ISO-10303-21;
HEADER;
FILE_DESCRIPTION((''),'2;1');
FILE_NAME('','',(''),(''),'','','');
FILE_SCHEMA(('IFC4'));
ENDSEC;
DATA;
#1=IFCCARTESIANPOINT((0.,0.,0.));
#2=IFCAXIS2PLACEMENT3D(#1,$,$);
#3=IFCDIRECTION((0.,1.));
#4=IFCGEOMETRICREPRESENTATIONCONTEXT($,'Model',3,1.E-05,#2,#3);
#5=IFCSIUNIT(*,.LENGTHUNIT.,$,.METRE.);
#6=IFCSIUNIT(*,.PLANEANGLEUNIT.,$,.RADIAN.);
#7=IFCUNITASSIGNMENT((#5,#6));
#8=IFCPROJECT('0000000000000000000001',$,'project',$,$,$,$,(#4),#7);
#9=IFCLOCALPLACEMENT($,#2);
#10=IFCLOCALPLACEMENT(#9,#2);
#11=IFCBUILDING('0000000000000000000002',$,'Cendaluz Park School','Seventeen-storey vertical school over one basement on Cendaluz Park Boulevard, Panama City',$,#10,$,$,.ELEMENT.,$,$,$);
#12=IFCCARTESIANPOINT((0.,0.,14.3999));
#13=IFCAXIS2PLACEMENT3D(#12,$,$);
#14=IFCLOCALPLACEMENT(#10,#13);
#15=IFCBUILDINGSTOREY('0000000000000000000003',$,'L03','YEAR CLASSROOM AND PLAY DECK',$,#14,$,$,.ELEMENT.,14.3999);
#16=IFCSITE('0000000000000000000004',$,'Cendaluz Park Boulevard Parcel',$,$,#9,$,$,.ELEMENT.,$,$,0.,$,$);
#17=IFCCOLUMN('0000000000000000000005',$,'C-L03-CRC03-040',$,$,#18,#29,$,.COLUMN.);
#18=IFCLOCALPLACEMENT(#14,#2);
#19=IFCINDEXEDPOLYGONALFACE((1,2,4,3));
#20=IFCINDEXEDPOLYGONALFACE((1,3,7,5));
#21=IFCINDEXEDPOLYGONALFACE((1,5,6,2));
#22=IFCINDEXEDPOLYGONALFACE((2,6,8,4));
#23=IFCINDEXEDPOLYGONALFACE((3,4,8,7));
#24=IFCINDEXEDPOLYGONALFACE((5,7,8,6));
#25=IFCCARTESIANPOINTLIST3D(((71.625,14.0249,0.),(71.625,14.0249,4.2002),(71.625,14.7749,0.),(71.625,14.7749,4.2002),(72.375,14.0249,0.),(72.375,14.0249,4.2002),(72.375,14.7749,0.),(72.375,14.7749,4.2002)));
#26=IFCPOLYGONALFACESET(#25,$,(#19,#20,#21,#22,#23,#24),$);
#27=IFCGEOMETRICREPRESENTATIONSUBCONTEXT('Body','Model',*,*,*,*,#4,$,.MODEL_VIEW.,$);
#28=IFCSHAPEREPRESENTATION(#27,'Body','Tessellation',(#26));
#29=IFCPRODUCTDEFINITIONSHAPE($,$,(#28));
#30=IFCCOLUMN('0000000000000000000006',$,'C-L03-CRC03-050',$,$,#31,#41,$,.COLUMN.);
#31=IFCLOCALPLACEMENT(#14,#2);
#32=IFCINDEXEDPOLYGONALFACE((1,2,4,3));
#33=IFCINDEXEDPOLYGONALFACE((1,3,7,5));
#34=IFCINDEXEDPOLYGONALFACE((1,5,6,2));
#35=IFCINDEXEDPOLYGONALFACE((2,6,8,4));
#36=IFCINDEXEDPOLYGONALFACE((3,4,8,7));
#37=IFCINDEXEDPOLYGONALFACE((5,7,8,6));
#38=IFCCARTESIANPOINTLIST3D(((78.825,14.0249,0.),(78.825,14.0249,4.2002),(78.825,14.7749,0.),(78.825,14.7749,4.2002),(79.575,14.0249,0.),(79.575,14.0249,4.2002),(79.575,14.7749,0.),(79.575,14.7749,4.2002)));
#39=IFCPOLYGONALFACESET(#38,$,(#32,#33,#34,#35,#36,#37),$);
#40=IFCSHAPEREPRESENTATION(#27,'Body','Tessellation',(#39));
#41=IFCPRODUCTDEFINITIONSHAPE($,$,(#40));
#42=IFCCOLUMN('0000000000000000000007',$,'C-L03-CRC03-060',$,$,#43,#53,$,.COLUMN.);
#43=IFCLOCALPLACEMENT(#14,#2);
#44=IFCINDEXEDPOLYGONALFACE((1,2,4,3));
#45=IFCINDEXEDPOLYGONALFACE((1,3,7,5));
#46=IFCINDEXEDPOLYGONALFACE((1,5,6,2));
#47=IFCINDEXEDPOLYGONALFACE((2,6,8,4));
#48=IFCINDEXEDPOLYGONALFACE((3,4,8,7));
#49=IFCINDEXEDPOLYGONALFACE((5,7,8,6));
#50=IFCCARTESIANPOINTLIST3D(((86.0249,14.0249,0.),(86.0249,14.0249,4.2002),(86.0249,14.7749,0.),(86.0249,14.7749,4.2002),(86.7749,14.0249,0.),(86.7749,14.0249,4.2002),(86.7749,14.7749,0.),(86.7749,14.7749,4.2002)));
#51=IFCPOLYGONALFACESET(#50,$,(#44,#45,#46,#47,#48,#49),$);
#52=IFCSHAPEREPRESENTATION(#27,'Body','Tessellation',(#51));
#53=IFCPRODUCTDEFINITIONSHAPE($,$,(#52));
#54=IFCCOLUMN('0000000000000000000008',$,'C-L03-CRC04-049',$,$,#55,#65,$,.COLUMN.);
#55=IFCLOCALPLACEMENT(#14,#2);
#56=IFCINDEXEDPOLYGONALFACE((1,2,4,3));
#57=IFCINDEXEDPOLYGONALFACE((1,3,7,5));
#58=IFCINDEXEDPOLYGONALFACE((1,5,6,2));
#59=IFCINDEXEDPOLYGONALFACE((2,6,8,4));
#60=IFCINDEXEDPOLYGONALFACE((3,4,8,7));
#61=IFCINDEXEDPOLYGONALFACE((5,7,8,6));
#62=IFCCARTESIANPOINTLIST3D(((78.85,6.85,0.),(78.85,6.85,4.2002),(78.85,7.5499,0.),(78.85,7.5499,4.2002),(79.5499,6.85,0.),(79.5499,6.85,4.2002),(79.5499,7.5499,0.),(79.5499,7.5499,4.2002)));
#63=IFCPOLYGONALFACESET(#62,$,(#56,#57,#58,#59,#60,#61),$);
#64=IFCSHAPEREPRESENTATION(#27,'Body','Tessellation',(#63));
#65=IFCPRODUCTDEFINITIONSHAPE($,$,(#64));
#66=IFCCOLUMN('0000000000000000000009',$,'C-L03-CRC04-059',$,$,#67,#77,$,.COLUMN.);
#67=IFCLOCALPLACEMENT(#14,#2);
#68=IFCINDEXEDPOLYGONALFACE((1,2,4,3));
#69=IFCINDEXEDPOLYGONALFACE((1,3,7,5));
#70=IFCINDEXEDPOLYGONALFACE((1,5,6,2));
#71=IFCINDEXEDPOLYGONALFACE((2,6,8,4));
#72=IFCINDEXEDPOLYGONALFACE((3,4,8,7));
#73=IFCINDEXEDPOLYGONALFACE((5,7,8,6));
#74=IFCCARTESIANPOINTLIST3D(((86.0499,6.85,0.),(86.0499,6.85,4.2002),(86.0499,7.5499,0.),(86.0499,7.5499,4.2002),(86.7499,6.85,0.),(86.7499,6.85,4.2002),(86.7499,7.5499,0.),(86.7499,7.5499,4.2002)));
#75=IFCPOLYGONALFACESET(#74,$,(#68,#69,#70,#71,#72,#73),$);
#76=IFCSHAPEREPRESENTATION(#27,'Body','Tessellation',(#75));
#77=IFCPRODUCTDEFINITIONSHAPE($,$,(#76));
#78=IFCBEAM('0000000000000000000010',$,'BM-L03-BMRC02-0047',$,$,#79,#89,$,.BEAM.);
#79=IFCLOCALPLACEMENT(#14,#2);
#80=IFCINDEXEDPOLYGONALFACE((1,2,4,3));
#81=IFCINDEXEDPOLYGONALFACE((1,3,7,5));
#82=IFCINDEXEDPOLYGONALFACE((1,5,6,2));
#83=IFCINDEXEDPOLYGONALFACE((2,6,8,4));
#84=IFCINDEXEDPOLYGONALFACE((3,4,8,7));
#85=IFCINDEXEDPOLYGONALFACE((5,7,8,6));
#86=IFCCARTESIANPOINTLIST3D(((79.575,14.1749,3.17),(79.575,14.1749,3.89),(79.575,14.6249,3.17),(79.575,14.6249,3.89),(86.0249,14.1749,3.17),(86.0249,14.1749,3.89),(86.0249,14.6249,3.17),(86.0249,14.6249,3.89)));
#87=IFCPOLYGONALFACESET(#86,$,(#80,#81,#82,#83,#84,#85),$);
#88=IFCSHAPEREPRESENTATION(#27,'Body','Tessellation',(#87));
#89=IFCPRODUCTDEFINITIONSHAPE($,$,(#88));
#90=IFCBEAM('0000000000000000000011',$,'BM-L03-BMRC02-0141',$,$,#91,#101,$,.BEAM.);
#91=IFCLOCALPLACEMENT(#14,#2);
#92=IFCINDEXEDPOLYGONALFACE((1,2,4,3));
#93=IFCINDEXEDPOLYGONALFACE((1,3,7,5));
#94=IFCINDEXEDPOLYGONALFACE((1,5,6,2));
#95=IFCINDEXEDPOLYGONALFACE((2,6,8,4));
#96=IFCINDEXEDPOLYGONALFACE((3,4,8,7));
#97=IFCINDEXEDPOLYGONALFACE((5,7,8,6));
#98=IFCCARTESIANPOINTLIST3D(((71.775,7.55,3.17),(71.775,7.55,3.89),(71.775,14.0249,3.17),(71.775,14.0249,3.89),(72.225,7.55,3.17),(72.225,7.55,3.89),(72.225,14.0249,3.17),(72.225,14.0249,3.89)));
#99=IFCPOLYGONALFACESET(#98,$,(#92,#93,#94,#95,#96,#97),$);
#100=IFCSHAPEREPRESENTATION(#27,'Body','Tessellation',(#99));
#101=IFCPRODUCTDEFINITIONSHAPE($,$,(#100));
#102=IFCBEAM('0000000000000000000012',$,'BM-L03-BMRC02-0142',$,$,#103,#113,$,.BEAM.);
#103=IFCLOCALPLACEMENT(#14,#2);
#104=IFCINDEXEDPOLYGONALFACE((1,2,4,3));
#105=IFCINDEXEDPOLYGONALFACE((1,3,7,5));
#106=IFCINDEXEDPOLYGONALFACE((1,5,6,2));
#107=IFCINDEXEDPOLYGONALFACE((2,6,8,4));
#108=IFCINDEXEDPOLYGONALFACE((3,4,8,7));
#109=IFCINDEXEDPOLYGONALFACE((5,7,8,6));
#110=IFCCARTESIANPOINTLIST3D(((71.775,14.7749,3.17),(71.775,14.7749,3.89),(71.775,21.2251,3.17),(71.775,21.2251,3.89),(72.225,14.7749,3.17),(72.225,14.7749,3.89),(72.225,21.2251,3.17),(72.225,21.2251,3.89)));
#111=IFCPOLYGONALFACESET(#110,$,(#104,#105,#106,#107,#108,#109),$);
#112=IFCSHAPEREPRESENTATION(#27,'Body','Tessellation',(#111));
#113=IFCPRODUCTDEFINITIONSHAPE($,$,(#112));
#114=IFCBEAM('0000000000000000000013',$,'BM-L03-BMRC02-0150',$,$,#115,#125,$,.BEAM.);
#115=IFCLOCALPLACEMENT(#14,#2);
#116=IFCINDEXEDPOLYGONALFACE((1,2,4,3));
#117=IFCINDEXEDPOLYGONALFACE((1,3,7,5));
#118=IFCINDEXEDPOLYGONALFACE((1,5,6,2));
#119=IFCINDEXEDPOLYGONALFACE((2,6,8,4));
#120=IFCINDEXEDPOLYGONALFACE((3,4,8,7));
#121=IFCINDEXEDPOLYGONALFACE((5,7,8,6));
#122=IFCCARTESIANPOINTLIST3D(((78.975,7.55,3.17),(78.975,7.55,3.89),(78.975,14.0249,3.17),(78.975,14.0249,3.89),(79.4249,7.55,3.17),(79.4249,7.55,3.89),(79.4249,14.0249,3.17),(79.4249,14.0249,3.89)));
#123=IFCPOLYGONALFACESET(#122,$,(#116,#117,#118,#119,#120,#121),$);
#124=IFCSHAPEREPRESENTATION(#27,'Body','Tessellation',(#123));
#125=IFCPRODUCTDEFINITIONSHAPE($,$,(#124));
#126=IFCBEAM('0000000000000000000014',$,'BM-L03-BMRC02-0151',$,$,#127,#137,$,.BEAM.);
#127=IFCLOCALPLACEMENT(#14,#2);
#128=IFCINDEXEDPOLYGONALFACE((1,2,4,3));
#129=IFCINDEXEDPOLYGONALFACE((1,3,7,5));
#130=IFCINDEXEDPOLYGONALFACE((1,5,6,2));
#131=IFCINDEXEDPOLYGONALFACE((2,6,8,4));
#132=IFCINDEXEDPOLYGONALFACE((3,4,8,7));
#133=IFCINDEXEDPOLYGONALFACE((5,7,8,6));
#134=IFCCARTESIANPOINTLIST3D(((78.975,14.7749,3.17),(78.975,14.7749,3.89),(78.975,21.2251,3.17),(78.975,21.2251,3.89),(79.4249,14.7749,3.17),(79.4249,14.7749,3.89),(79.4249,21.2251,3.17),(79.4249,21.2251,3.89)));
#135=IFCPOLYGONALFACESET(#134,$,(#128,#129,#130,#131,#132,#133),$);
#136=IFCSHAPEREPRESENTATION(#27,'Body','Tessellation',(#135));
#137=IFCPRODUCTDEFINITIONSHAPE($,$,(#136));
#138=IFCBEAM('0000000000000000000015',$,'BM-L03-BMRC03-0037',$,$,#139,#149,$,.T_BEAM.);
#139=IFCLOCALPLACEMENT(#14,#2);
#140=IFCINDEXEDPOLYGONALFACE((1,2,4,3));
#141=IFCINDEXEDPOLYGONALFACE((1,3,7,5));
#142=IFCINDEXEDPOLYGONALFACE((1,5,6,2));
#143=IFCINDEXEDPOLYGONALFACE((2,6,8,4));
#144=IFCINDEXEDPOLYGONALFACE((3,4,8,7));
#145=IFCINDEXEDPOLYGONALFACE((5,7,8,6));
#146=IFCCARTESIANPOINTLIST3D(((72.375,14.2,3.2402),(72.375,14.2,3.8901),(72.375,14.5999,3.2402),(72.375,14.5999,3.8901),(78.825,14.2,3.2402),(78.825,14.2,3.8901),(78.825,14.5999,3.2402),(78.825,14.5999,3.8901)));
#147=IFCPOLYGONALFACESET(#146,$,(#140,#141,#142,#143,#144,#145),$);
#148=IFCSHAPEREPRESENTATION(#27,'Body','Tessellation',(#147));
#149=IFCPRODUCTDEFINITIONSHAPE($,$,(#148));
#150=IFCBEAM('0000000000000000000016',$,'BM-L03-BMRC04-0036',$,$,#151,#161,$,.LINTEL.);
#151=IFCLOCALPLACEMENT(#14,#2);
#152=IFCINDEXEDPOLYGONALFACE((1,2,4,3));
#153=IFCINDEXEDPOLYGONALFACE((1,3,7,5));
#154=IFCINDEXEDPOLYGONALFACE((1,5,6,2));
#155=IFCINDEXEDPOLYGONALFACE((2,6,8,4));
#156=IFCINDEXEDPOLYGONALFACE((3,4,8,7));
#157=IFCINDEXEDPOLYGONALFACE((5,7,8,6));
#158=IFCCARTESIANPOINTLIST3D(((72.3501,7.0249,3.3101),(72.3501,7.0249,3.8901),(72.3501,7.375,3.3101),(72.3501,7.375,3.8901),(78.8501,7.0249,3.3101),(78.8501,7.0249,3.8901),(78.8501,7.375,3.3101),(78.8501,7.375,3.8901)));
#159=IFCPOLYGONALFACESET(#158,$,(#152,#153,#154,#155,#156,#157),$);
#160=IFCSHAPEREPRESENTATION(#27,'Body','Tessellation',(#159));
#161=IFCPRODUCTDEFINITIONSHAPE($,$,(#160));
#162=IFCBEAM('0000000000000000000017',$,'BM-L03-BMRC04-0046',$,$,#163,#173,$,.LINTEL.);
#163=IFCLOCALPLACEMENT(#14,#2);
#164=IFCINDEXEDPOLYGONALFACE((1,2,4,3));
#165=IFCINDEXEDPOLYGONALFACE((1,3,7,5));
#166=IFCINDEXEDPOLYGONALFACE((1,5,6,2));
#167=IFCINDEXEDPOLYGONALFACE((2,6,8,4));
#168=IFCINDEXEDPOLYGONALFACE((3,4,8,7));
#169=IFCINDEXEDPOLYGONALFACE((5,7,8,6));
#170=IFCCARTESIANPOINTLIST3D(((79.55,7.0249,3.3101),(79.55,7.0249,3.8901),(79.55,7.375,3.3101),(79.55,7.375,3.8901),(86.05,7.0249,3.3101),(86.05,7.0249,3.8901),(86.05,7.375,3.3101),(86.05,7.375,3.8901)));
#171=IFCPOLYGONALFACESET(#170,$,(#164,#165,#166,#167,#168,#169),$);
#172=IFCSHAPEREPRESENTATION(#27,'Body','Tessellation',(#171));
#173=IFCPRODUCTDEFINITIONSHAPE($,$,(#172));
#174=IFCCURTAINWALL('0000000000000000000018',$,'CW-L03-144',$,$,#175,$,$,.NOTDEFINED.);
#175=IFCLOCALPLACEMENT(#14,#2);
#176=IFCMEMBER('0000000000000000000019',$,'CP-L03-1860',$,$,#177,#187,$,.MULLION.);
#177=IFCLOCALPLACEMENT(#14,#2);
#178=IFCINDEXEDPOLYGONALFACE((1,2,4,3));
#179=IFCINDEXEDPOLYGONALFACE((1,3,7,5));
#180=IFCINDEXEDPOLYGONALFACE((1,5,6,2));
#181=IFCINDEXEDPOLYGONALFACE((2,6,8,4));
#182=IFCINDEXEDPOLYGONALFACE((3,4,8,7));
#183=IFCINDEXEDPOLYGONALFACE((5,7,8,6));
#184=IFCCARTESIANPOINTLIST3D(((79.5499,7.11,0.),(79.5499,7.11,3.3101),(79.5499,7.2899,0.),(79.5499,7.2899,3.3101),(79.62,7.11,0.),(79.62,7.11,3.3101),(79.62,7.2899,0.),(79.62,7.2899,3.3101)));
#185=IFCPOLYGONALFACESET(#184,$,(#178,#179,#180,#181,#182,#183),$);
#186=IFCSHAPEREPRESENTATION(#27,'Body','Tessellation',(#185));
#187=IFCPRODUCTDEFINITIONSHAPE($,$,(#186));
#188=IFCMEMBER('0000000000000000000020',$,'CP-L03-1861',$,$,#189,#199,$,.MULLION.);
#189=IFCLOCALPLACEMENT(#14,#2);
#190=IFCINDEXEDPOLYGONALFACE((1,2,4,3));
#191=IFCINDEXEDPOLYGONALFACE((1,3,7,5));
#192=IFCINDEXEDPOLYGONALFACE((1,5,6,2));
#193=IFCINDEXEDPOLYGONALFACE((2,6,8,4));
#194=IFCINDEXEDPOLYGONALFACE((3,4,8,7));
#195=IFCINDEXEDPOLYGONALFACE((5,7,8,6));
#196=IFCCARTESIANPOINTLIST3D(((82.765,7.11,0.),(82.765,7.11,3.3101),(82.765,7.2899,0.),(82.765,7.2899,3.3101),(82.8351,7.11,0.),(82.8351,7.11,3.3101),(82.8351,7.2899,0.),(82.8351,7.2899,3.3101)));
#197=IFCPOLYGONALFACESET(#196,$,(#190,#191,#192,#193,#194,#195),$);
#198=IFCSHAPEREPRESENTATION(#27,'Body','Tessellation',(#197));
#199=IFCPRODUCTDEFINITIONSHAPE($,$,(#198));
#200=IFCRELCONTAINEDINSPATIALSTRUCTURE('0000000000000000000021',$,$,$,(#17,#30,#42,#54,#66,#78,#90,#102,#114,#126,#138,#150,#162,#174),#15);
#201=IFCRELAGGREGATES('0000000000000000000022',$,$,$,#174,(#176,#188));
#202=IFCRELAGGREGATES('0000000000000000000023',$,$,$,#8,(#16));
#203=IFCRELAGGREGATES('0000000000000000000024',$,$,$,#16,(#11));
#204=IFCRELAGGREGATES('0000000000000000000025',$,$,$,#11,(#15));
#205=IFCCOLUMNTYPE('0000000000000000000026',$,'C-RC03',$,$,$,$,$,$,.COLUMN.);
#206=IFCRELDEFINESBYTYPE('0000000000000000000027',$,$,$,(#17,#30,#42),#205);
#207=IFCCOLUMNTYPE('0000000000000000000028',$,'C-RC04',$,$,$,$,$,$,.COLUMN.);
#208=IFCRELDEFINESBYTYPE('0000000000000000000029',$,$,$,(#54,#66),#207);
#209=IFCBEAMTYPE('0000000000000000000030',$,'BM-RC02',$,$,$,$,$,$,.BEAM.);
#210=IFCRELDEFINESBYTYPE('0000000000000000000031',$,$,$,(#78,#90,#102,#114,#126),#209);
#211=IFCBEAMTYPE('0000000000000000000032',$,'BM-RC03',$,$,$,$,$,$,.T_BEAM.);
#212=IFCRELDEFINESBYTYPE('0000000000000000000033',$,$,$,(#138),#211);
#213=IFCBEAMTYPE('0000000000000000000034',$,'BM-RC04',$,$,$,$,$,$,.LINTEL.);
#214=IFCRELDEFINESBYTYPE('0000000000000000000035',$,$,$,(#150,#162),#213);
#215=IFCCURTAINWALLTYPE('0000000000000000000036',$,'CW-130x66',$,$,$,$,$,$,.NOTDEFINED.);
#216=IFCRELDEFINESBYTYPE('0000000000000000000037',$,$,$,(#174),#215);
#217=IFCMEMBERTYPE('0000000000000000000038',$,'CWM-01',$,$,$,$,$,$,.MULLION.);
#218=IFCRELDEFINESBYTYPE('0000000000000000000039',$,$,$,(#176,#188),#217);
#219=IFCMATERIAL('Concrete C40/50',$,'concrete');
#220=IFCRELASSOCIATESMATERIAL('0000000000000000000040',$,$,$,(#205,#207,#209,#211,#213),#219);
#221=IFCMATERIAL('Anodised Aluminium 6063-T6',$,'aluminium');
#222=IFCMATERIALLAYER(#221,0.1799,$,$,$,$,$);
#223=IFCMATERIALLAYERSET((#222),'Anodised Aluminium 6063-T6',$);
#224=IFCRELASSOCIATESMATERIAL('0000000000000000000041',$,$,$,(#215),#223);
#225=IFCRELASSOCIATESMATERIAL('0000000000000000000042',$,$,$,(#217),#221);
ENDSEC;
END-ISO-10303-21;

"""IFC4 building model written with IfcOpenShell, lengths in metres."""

from ifc_helpers import new_model, si_unit, direction, frame, origin, origin_2d, place, context, subcontext, project, spatial, rectangle, extrude, material, layer, layer_set, material_profile, profile_set, type_object, element, aggregate, save


model = new_model("IFC4")

# Units and contexts
model_context = context("Model", 3, precision=1e-05, world=origin(), true_north=direction((0.0, 1.0)))
body_context = subcontext(model_context, "Body", "Model", "MODEL_VIEW")
ifc_project = project(units=[si_unit("LENGTHUNIT", "METRE"), si_unit("PLANEANGLEUNIT", "RADIAN")], contexts=[model_context])

# Site, building, storey
site_placement = place(None, origin())
site = spatial("IfcSite", under=ifc_project, at=site_placement, Name="Cendaluz Park Boulevard Parcel", CompositionType="ELEMENT", RefElevation=0.0)
building_placement = place(site_placement, origin())
building = spatial("IfcBuilding", under=site, at=building_placement, Name="Cendaluz Park School", Description="Seventeen-storey vertical school over one basement on Cendaluz Park Boulevard, Panama City", CompositionType="ELEMENT")
storey_placement = place(building_placement, frame((0.0, 0.0, 14.3999)))
storey = spatial("IfcBuildingStorey", under=building, at=storey_placement, Name="L03", Description="YEAR CLASSROOM AND PLAY DECK", CompositionType="ELEMENT", Elevation=14.3999)

# Columns
ifc_material_1 = material(Name="Concrete C40/50", Category="concrete")
ifc_material_profile_1 = material_profile(ifc_material_1, rectangle(XDim=0.75, YDim=0.75, at=origin_2d()), Name="RC 750x750", Category="concrete")
ifc_profile_set_1 = profile_set([ifc_material_profile_1], Name="Concrete C40/50")
column_type_1 = type_object("IfcColumnType", Name="C-RC03", PredefinedType="COLUMN", material=ifc_profile_set_1)
for number, where, z_axis, x_axis, name in (
    (1, (72.0, 14.3999, 0.0), (0.0, 0.0, 1.0), (1.0, 0.0, 0.0), "C-L03-CRC03-040"),
    (2, (79.2, 14.3999, 0.0), (0.0, 0.0, 1.0), (1.0, 0.0, 0.0), "C-L03-CRC03-050"),
    (3, (86.3999, 14.3999, 0.0), (0.0, 0.0, 1.0), (1.0, 0.0, 0.0), "C-L03-CRC03-060"),
):
    element("IfcColumn", number, at=place(storey_placement, frame(where, z_axis=z_axis, x_axis=x_axis)), inside=storey, type_object=column_type_1, Name=name, PredefinedType="COLUMN", context=body_context, shape_type="SweptSolid", body=[
        extrude(rectangle(XDim=0.75, YDim=0.75, at=origin_2d()), origin(), (0.0, 0.0, 1.0), 4.2002),
    ])
ifc_material_profile_2 = material_profile(ifc_material_1, rectangle(XDim=0.7, YDim=0.7, at=origin_2d()), Name="RC 700x700", Category="concrete")
ifc_profile_set_2 = profile_set([ifc_material_profile_2], Name="Concrete C40/50")
column_type_2 = type_object("IfcColumnType", Name="C-RC04", PredefinedType="COLUMN", material=ifc_profile_set_2)
for number, where, z_axis, x_axis, name in (
    (4, (79.2, 7.2, 0.0), (0.0, 0.0, 1.0), (1.0, 0.0, 0.0), "C-L03-CRC04-049"),
    (5, (86.3999, 7.2, 0.0), (0.0, 0.0, 1.0), (1.0, 0.0, 0.0), "C-L03-CRC04-059"),
):
    element("IfcColumn", number, at=place(storey_placement, frame(where, z_axis=z_axis, x_axis=x_axis)), inside=storey, type_object=column_type_2, Name=name, PredefinedType="COLUMN", context=body_context, shape_type="SweptSolid", body=[
        extrude(rectangle(XDim=0.7, YDim=0.7, at=origin_2d()), origin(), (0.0, 0.0, 1.0), 4.2002),
    ])

# Beams
ifc_material_profile_3 = material_profile(ifc_material_1, rectangle(XDim=0.45, YDim=0.72, at=origin_2d()), Name="RC 450x720", Category="concrete")
ifc_profile_set_3 = profile_set([ifc_material_profile_3], Name="Concrete C40/50")
beam_type_1 = type_object("IfcBeamType", Name="BM-RC02", PredefinedType="BEAM", material=ifc_profile_set_3)
beam_1_placement = place(storey_placement, frame((79.575, 14.3999, 3.53), z_axis=(1.0, 0.0, 0.0), x_axis=(0.0, 1.0, 0.0)))
element("IfcBeam", 6, at=beam_1_placement, inside=storey, type_object=beam_type_1, Name="BM-L03-BMRC02-0047", PredefinedType="BEAM", context=body_context, shape_type="SweptSolid", body=[
    extrude(rectangle(XDim=0.45, YDim=0.72, at=origin_2d()), origin(), (0.0, 0.0, 1.0), 6.45),
])
beam_2_placement = place(storey_placement, frame((72.0, 7.55, 3.53), z_axis=(0.0, 1.0, 0.0), x_axis=(-1.0, 0.0, 0.0)))
element("IfcBeam", 7, at=beam_2_placement, inside=storey, type_object=beam_type_1, Name="BM-L03-BMRC02-0141", PredefinedType="BEAM", context=body_context, shape_type="SweptSolid", body=[
    extrude(rectangle(XDim=0.45, YDim=0.72, at=origin_2d()), origin(), (0.0, 0.0, 1.0), 6.4749),
])
beam_3_placement = place(storey_placement, frame((72.0, 14.7749, 3.53), z_axis=(0.0, 1.0, 0.0), x_axis=(-1.0, 0.0, 0.0)))
element("IfcBeam", 8, at=beam_3_placement, inside=storey, type_object=beam_type_1, Name="BM-L03-BMRC02-0142", PredefinedType="BEAM", context=body_context, shape_type="SweptSolid", body=[
    extrude(rectangle(XDim=0.45, YDim=0.72, at=origin_2d()), origin(), (0.0, 0.0, 1.0), 6.4502),
])
beam_4_placement = place(storey_placement, frame((79.2, 7.55, 3.53), z_axis=(0.0, 1.0, 0.0), x_axis=(-1.0, 0.0, 0.0)))
element("IfcBeam", 9, at=beam_4_placement, inside=storey, type_object=beam_type_1, Name="BM-L03-BMRC02-0150", PredefinedType="BEAM", context=body_context, shape_type="SweptSolid", body=[
    extrude(rectangle(XDim=0.45, YDim=0.72, at=origin_2d()), origin(), (0.0, 0.0, 1.0), 6.4749),
])
beam_5_placement = place(storey_placement, frame((79.2, 14.7749, 3.53), z_axis=(0.0, 1.0, 0.0), x_axis=(-1.0, 0.0, 0.0)))
element("IfcBeam", 10, at=beam_5_placement, inside=storey, type_object=beam_type_1, Name="BM-L03-BMRC02-0151", PredefinedType="BEAM", context=body_context, shape_type="SweptSolid", body=[
    extrude(rectangle(XDim=0.45, YDim=0.72, at=origin_2d()), origin(), (0.0, 0.0, 1.0), 6.4502),
])
ifc_material_profile_4 = material_profile(ifc_material_1, rectangle(XDim=0.3999, YDim=0.6499, at=origin_2d()), Name="RC 400x650", Category="concrete")
ifc_profile_set_4 = profile_set([ifc_material_profile_4], Name="Concrete C40/50")
beam_type_2 = type_object("IfcBeamType", Name="BM-RC03", PredefinedType="T_BEAM", material=ifc_profile_set_4)
beam_6_placement = place(storey_placement, frame((72.375, 14.3999, 3.5652), z_axis=(1.0, 0.0, 0.0), x_axis=(0.0, 1.0, 0.0)))
element("IfcBeam", 11, at=beam_6_placement, inside=storey, type_object=beam_type_2, Name="BM-L03-BMRC03-0037", PredefinedType="T_BEAM", context=body_context, shape_type="SweptSolid", body=[
    extrude(rectangle(XDim=0.3999, YDim=0.6499, at=origin_2d()), origin(), (0.0, 0.0, 1.0), 6.45),
])
ifc_material_profile_5 = material_profile(ifc_material_1, rectangle(XDim=0.3501, YDim=0.5801, at=origin_2d()), Name="RC 350x580", Category="concrete")
ifc_profile_set_5 = profile_set([ifc_material_profile_5], Name="Concrete C40/50")
beam_type_3 = type_object("IfcBeamType", Name="BM-RC04", PredefinedType="LINTEL", material=ifc_profile_set_5)
for number, where, z_axis, x_axis, name in (
    (12, (72.3501, 7.2, 3.6001), (1.0, 0.0, 0.0), (0.0, 1.0, 0.0), "BM-L03-BMRC04-0036"),
    (13, (79.55, 7.2, 3.6001), (1.0, 0.0, 0.0), (0.0, 1.0, 0.0), "BM-L03-BMRC04-0046"),
):
    element("IfcBeam", number, at=place(storey_placement, frame(where, z_axis=z_axis, x_axis=x_axis)), inside=storey, type_object=beam_type_3, Name=name, PredefinedType="LINTEL", context=body_context, shape_type="SweptSolid", body=[
        extrude(rectangle(XDim=0.3501, YDim=0.5801, at=origin_2d()), origin(), (0.0, 0.0, 1.0), 6.5),
    ])

# Curtain wall, members
ifc_material_2 = material(Name="Anodised Aluminium 6063-T6", Category="aluminium")
ifc_layer_1 = layer(ifc_material_2, 0.1799)
ifc_layer_set_1 = layer_set([ifc_layer_1], Name="Anodised Aluminium 6063-T6")
curtain_wall_type = type_object("IfcCurtainWallType", Name="CW-130x66", PredefinedType="NOTDEFINED", material=ifc_layer_set_1)
curtain_wall_placement = place(storey_placement, origin())
curtain_wall = element("IfcCurtainWall", 14, at=curtain_wall_placement, inside=storey, type_object=curtain_wall_type, Name="CW-L03-144", PredefinedType="NOTDEFINED")
ifc_material_profile_6 = material_profile(ifc_material_2, rectangle(XDim=0.1799, YDim=0.0701, at=origin_2d()), Name="CWM 180x70", Category="aluminium")
ifc_profile_set_6 = profile_set([ifc_material_profile_6], Name="Anodised Aluminium 6063-T6")
member_type_1 = type_object("IfcMemberType", Name="CWM-01", PredefinedType="MULLION", material=ifc_profile_set_6)
member_1_placement = place(storey_placement, frame((79.585, 7.2, 0.0), z_axis=(0.0, 0.0, 1.0), x_axis=(0.0, 1.0, 0.0)))
member_1 = element("IfcMember", 15, at=member_1_placement, type_object=member_type_1, Name="CP-L03-1860", PredefinedType="MULLION", context=body_context, shape_type="SweptSolid", body=[
    extrude(rectangle(XDim=0.1799, YDim=0.0701, at=origin_2d()), origin(), (0.0, 0.0, 1.0), 3.3101),
])
member_2_placement = place(storey_placement, frame((82.8, 7.2, 0.0), z_axis=(0.0, 0.0, 1.0), x_axis=(0.0, 1.0, 0.0)))
member_2 = element("IfcMember", 16, at=member_2_placement, type_object=member_type_1, Name="CP-L03-1861", PredefinedType="MULLION", context=body_context, shape_type="SweptSolid", body=[
    extrude(rectangle(XDim=0.1799, YDim=0.0701, at=origin_2d()), origin(), (0.0, 0.0, 1.0), 3.3101),
])

aggregate(curtain_wall, [member_1, member_2])

save(model, "model.ifc")
